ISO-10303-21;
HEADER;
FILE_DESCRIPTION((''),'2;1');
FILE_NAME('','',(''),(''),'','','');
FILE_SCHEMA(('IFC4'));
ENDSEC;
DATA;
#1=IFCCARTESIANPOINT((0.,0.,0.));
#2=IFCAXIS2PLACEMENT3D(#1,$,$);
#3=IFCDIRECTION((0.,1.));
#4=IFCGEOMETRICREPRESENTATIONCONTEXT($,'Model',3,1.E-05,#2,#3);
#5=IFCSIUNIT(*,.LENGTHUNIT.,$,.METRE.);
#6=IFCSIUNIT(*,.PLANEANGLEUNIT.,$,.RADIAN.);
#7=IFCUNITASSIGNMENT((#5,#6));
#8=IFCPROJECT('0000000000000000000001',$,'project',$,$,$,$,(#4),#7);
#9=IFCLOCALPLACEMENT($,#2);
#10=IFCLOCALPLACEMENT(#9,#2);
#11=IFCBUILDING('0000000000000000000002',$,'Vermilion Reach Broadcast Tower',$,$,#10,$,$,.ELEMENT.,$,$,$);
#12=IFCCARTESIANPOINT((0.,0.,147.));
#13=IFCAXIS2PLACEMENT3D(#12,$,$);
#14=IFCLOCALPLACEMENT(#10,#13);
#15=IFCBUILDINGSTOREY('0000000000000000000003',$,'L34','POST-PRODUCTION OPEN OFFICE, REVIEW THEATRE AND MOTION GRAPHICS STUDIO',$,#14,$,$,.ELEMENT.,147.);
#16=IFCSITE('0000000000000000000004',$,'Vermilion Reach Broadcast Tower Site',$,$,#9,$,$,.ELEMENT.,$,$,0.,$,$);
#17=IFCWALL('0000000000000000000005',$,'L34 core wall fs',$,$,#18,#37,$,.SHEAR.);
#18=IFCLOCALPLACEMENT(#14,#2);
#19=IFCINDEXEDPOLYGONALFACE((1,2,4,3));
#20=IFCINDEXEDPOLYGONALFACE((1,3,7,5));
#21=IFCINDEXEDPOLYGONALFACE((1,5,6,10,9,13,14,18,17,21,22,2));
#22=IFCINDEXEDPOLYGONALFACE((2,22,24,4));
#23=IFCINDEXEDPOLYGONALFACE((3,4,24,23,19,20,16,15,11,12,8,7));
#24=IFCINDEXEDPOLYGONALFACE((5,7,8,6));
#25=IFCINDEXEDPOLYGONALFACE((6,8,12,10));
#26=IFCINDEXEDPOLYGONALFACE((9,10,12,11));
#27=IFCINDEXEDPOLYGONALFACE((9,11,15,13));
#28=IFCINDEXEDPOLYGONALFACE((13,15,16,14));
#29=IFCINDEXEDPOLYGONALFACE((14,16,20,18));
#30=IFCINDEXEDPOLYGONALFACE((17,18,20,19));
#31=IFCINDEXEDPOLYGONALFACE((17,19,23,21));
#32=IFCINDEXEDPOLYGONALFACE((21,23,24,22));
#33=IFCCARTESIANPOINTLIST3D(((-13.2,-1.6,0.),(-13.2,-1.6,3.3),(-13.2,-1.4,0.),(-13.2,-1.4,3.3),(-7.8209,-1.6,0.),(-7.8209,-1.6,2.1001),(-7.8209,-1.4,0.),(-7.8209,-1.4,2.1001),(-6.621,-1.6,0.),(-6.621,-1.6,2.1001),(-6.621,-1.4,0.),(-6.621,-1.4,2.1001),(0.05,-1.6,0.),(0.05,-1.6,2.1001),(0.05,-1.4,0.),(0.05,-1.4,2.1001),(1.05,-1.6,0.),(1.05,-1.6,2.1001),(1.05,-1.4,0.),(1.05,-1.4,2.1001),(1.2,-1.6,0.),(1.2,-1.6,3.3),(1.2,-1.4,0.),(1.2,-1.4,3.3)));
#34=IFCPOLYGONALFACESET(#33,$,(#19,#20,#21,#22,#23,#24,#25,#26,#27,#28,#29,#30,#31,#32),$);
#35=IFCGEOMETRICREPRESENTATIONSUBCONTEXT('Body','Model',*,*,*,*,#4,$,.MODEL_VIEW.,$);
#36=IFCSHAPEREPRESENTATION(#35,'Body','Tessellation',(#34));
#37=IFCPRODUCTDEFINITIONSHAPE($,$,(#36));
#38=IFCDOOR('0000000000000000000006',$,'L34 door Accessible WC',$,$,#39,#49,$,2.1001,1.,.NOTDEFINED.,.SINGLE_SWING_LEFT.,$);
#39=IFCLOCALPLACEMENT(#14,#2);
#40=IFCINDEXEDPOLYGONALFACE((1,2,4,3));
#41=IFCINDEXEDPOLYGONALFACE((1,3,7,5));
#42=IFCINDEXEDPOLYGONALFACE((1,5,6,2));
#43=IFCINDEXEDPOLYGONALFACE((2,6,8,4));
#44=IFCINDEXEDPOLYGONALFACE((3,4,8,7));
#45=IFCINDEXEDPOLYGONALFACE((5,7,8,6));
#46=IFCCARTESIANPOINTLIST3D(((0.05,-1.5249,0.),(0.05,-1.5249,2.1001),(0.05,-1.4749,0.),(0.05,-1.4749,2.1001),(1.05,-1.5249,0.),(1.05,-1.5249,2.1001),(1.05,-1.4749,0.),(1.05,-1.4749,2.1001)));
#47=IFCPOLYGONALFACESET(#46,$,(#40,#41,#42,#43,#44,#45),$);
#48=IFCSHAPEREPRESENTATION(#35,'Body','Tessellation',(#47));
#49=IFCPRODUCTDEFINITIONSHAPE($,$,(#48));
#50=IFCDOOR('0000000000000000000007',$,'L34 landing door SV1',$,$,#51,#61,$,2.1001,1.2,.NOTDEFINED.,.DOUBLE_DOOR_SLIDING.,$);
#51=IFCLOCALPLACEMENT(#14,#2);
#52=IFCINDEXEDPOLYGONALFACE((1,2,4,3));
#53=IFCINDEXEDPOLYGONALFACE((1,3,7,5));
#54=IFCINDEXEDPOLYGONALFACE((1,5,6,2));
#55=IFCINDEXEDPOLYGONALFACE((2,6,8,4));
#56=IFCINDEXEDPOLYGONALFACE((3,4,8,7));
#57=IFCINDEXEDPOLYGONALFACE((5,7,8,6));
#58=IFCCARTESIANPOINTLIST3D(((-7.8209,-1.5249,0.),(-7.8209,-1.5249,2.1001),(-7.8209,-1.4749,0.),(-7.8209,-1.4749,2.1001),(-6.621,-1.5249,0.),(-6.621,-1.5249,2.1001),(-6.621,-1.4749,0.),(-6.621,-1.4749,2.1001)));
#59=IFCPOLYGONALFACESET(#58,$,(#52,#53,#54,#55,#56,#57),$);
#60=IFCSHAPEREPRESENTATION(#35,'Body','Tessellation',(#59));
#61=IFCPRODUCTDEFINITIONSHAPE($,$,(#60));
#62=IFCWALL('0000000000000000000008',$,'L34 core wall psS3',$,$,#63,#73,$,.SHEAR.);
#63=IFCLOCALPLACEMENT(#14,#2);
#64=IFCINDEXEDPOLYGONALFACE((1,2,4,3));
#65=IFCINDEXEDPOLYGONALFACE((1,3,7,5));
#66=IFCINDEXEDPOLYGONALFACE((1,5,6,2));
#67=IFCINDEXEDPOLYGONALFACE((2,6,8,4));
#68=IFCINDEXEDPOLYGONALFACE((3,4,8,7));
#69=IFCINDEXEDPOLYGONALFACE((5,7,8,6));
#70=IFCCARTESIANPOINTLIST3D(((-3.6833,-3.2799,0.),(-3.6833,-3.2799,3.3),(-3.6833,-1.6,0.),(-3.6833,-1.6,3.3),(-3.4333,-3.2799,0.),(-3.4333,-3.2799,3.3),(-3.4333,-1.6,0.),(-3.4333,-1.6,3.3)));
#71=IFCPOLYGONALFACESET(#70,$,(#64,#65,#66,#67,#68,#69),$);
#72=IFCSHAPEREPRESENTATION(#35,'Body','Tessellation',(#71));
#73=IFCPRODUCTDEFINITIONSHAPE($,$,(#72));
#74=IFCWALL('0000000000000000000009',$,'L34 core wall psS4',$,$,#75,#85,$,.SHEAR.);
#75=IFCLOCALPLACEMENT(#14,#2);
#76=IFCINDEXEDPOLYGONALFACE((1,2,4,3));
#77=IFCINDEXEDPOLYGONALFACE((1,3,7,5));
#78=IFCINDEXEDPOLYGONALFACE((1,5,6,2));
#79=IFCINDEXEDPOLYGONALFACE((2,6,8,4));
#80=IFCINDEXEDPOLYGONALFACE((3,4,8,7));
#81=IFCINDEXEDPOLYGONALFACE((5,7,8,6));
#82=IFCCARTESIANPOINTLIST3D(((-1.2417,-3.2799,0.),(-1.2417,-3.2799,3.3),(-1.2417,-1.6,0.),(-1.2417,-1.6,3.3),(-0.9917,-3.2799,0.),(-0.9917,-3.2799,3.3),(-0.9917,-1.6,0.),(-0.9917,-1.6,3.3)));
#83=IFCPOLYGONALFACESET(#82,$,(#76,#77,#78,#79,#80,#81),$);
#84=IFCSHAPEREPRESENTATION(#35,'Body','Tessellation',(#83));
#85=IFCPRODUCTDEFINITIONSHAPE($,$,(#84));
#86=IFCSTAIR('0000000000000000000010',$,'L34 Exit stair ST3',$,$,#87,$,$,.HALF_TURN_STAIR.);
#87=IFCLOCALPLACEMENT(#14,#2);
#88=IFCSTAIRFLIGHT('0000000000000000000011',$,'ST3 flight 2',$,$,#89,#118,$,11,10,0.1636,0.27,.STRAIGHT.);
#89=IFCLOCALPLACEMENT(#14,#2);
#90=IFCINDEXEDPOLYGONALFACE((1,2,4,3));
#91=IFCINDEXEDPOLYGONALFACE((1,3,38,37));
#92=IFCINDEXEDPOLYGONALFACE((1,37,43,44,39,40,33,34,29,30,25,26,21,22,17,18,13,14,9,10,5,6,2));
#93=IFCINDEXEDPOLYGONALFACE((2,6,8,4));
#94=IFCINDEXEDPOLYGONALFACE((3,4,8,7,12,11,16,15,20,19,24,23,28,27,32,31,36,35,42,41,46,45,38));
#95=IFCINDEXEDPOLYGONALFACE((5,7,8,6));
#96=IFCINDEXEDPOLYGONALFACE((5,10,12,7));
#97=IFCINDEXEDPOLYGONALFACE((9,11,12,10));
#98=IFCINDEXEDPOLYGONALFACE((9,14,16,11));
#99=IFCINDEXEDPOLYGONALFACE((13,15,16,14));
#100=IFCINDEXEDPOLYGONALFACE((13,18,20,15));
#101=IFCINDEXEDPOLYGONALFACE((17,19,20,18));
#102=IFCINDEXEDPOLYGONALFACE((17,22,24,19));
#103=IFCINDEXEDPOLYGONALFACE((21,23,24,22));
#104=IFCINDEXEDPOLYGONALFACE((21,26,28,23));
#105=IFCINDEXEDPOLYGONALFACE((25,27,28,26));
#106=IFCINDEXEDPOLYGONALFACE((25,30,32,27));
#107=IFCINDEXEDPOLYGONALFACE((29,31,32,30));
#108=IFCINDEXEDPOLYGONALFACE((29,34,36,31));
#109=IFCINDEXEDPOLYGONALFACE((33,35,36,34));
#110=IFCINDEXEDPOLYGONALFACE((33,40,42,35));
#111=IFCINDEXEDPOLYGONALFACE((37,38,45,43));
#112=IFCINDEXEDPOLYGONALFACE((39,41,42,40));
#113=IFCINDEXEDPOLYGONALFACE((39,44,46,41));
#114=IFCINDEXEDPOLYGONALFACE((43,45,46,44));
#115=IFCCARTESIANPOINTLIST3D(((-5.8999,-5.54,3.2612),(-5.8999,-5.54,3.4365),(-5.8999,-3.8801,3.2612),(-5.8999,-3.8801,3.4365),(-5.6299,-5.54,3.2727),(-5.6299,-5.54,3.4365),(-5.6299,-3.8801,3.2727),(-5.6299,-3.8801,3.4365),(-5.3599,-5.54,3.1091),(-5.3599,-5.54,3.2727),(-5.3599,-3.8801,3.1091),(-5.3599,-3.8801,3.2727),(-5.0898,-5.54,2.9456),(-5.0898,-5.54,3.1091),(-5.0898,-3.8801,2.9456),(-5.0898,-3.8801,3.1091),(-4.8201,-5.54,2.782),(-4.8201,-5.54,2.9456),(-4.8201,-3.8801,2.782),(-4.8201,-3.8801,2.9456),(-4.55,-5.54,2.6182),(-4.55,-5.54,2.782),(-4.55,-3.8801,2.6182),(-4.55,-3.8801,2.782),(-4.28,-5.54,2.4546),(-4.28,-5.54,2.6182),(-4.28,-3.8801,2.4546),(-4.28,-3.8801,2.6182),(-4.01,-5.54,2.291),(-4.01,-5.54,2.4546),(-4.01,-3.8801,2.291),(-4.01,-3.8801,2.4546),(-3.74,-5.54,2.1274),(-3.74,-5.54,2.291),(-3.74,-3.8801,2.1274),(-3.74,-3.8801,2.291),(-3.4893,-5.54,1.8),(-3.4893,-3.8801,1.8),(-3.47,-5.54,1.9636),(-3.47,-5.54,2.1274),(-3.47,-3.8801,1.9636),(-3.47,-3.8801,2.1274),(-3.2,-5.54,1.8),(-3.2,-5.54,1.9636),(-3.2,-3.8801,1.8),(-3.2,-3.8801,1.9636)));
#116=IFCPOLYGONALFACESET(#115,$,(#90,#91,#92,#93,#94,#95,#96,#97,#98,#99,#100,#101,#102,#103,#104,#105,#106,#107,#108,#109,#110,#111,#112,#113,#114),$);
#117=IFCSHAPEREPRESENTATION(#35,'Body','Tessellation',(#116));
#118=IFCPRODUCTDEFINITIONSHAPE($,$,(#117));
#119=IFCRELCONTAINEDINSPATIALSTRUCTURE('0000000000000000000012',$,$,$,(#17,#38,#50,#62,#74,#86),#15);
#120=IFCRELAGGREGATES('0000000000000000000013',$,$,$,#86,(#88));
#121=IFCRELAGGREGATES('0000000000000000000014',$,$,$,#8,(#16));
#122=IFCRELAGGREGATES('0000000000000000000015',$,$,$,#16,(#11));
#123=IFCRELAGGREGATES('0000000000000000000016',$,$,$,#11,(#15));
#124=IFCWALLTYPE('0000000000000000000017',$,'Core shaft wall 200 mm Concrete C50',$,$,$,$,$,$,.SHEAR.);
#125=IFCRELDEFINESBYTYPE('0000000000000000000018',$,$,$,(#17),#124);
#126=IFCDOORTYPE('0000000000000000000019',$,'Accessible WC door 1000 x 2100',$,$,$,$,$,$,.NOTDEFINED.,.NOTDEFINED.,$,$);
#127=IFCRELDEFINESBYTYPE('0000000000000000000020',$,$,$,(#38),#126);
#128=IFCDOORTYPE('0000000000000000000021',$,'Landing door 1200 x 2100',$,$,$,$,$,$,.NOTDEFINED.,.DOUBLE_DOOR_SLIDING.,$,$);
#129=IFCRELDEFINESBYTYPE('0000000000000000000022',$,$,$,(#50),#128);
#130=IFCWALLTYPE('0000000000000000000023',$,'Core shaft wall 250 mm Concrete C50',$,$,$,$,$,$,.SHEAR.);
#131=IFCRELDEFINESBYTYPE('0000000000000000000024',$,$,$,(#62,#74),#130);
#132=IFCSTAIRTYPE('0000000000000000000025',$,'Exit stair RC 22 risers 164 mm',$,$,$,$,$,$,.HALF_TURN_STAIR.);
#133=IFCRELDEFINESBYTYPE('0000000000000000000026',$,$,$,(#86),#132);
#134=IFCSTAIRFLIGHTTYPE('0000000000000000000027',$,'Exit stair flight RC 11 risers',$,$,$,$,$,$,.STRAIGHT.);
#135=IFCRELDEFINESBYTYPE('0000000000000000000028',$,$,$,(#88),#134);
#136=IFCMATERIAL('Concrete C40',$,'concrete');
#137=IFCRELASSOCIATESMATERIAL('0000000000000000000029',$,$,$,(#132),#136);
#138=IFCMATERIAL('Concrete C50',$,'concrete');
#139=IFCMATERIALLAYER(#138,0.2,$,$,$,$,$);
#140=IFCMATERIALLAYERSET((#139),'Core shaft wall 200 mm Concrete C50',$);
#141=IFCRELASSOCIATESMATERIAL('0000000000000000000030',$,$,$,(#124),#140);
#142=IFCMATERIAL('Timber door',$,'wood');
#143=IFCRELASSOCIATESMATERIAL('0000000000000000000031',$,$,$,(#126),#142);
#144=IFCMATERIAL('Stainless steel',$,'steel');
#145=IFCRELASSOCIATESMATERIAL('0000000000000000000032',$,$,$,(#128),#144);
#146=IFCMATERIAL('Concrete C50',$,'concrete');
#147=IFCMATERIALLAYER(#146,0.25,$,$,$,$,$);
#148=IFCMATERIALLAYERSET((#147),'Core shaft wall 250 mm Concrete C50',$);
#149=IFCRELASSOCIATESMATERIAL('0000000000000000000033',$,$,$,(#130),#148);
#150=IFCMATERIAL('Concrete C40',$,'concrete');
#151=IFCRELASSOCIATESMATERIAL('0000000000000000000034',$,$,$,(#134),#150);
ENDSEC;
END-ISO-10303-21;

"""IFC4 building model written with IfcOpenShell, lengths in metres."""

from ifc_helpers import new_model, si_unit, direction, frame, frame_2d, origin, place, context, subcontext, project, spatial, polyline, rectangle, outline, extrude, material, layer, layer_set, type_object, element, fill, aggregate, save


model = new_model("IFC4")

# Units and contexts
model_context = context("Model", 3, precision=1e-05, world=origin(), true_north=direction((0.0, 1.0)))
body_context = subcontext(model_context, "Body", "Model", "MODEL_VIEW")
ifc_project = project(units=[si_unit("LENGTHUNIT", "METRE"), si_unit("PLANEANGLEUNIT", "RADIAN")], contexts=[model_context])

# Site, building, storey
site_placement = place(None, origin())
site = spatial("IfcSite", under=ifc_project, at=site_placement, Name="Vermilion Reach Broadcast Tower Site", CompositionType="ELEMENT", RefElevation=0.0)
building_placement = place(site_placement, origin())
building = spatial("IfcBuilding", under=site, at=building_placement, Name="Vermilion Reach Broadcast Tower", CompositionType="ELEMENT")
storey_placement = place(building_placement, frame((0.0, 0.0, 147.0)))
storey = spatial("IfcBuildingStorey", under=building, at=storey_placement, Name="L34", Description="POST-PRODUCTION OPEN OFFICE, REVIEW THEATRE AND MOTION GRAPHICS STUDIO", CompositionType="ELEMENT", Elevation=147.0)

# Shared definitions
ifc_material_1 = material(Name="Concrete C40", Category="concrete")
stair_type = type_object("IfcStairType", Name="Exit stair RC 22 risers 164 mm", PredefinedType="HALF_TURN_STAIR", material=ifc_material_1)
placement_1 = place(storey_placement, origin())

# Wall, openings, doors
ifc_material_2 = material(Name="Concrete C50", Category="concrete")
ifc_layer_1 = layer(ifc_material_2, 0.2)
ifc_layer_set_1 = layer_set([ifc_layer_1], Name="Core shaft wall 200 mm Concrete C50")
wall_type_1 = type_object("IfcWallType", Name="Core shaft wall 200 mm Concrete C50", PredefinedType="SHEAR", material=ifc_layer_set_1)
wall_1_placement = place(storey_placement, frame((1.2, -1.5, 0.0), z_axis=(0.0, 0.0, 1.0), x_axis=(-1.0, 0.0, 0.0)))
wall_1 = element("IfcWall", 1, at=wall_1_placement, inside=storey, type_object=wall_type_1, Name="L34 core wall fs", PredefinedType="SHEAR", context=body_context, shape_type="SweptSolid", body=[
    extrude(rectangle(XDim=14.3999, YDim=0.2, at=frame_2d((7.2, 0.0))), origin(), (0.0, 0.0, 1.0), 3.3),
])
opening_1_placement = place(wall_1_placement, frame((7.8208, 0.0, 0.0)))
opening_1 = element("IfcOpeningElement", 2, at=opening_1_placement, cuts=wall_1, PredefinedType="OPENING", context=body_context, shape_type="SweptSolid", body=[
    extrude(rectangle(XDim=1.2, YDim=2.1001, at=frame_2d((0.6001, 1.05))), frame((0.0, 0.1099, 0.0), z_axis=(0.0, -1.0, 0.0), x_axis=(1.0, 0.0, 0.0)), (0.0, 0.0, 1.0), 0.22),
])
opening_2_placement = place(wall_1_placement, frame((0.1499, 0.0, 0.0)))
opening_2 = element("IfcOpeningElement", 3, at=opening_2_placement, cuts=wall_1, PredefinedType="OPENING", context=body_context, shape_type="SweptSolid", body=[
    extrude(rectangle(XDim=1.0, YDim=2.1001, at=frame_2d((0.5, 1.05))), frame((0.0, 0.1099, 0.0), z_axis=(0.0, -1.0, 0.0), x_axis=(1.0, 0.0, 0.0)), (0.0, 0.0, 1.0), 0.22),
])
ifc_material_3 = material(Name="Timber door", Category="wood")
door_type_1 = type_object("IfcDoorType", Name="Accessible WC door 1000 x 2100", OperationType="NOTDEFINED", PredefinedType="NOTDEFINED", material=ifc_material_3)
door_1_placement = place(opening_2_placement, origin())
door_1 = element("IfcDoor", 4, at=door_1_placement, inside=storey, type_object=door_type_1, Name="L34 door Accessible WC", OperationType="SINGLE_SWING_LEFT", OverallHeight=2.1001, OverallWidth=1.0, PredefinedType="NOTDEFINED", context=body_context, shape_type="SweptSolid", body=[
    extrude(rectangle(XDim=1.0, YDim=2.1001, at=frame_2d((0.5, 1.05))), frame((0.0, 0.0249, 0.0), z_axis=(0.0, -1.0, 0.0), x_axis=(1.0, 0.0, 0.0)), (0.0, 0.0, 1.0), 0.05),
])
fill(opening_2, door_1)
ifc_material_4 = material(Name="Stainless steel", Category="steel")
door_type_2 = type_object("IfcDoorType", Name="Landing door 1200 x 2100", OperationType="DOUBLE_DOOR_SLIDING", PredefinedType="NOTDEFINED", material=ifc_material_4)
door_2_placement = place(opening_1_placement, origin())
door_2 = element("IfcDoor", 5, at=door_2_placement, inside=storey, type_object=door_type_2, Name="L34 landing door SV1", OperationType="DOUBLE_DOOR_SLIDING", OverallHeight=2.1001, OverallWidth=1.2, PredefinedType="NOTDEFINED", context=body_context, shape_type="SweptSolid", body=[
    extrude(rectangle(XDim=1.2, YDim=2.1001, at=frame_2d((0.6001, 1.05))), frame((0.0, 0.0249, 0.0), z_axis=(0.0, -1.0, 0.0), x_axis=(1.0, 0.0, 0.0)), (0.0, 0.0, 1.0), 0.05),
])
fill(opening_1, door_2)

# Walls
ifc_material_5 = material(Name="Concrete C50", Category="concrete")
ifc_layer_2 = layer(ifc_material_5, 0.25)
ifc_layer_set_2 = layer_set([ifc_layer_2], Name="Core shaft wall 250 mm Concrete C50")
wall_type_2 = type_object("IfcWallType", Name="Core shaft wall 250 mm Concrete C50", PredefinedType="SHEAR", material=ifc_layer_set_2)
for number, where, z_axis, x_axis, name in (
    (6, (-3.5583, -1.6001, 0.0), (0.0, 0.0, 1.0), (0.0, -1.0, 0.0), "L34 core wall psS3"),
    (7, (-1.1167, -1.6001, 0.0), (0.0, 0.0, 1.0), (0.0, -1.0, 0.0), "L34 core wall psS4"),
):
    element("IfcWall", number, at=place(storey_placement, frame(where, z_axis=z_axis, x_axis=x_axis)), inside=storey, type_object=wall_type_2, Name=name, PredefinedType="SHEAR", context=body_context, shape_type="SweptSolid", body=[
        extrude(rectangle(XDim=1.6799, YDim=0.25, at=frame_2d((0.8398, 0.0))), origin(), (0.0, 0.0, 1.0), 3.3),
    ])

# Stair, stair flight
stair_1 = element("IfcStair", 8, at=placement_1, inside=storey, type_object=stair_type, Name="L34 Exit stair ST3", PredefinedType="HALF_TURN_STAIR")
ifc_material_6 = material(Name="Concrete C40", Category="concrete")
stair_flight_type = type_object("IfcStairFlightType", Name="Exit stair flight RC 11 risers", PredefinedType="STRAIGHT", material=ifc_material_6)
stair_flight_placement = place(storey_placement, frame((-3.2, -4.71, 1.8), z_axis=(0.0, 0.0, 1.0), x_axis=(-1.0, 0.0, 0.0)))
stair_flight = element("IfcStairFlight", 9, at=stair_flight_placement, type_object=stair_flight_type, Name="ST3 flight 2", NumberOfRisers=11, NumberOfTreads=10, PredefinedType="STRAIGHT", RiserHeight=0.1636, TreadLength=0.27, context=body_context, shape_type="SweptSolid", body=[
    extrude(outline(polyline([(0.0, 0.0), (0.0, 0.1636), (0.27, 0.1636), (0.27, 0.3274), (0.54, 0.3274), (0.54, 0.491), (0.8101, 0.491), (0.8101, 0.6545), (1.0801, 0.6545), (1.0801, 0.8181), (1.3501, 0.8181), (1.3501, 0.9819), (1.6201, 0.9819), (1.6201, 1.1455), (1.8899, 1.1455), (1.8899, 1.3091), (2.1599, 1.3091), (2.1599, 1.4727), (2.4299, 1.4727), (2.4299, 1.6365), (2.7, 1.6365), (2.7, 1.8), (2.7, 1.4612), (0.2893, 0.0), (0.0, 0.0)])), frame((0.0, 0.8301, 0.0), z_axis=(0.0, -1.0, 0.0), x_axis=(1.0, 0.0, 0.0)), (0.0, 0.0, 1.0), 1.6599),
])
aggregate(stair_1, [stair_flight])

save(model, "model.ifc")
